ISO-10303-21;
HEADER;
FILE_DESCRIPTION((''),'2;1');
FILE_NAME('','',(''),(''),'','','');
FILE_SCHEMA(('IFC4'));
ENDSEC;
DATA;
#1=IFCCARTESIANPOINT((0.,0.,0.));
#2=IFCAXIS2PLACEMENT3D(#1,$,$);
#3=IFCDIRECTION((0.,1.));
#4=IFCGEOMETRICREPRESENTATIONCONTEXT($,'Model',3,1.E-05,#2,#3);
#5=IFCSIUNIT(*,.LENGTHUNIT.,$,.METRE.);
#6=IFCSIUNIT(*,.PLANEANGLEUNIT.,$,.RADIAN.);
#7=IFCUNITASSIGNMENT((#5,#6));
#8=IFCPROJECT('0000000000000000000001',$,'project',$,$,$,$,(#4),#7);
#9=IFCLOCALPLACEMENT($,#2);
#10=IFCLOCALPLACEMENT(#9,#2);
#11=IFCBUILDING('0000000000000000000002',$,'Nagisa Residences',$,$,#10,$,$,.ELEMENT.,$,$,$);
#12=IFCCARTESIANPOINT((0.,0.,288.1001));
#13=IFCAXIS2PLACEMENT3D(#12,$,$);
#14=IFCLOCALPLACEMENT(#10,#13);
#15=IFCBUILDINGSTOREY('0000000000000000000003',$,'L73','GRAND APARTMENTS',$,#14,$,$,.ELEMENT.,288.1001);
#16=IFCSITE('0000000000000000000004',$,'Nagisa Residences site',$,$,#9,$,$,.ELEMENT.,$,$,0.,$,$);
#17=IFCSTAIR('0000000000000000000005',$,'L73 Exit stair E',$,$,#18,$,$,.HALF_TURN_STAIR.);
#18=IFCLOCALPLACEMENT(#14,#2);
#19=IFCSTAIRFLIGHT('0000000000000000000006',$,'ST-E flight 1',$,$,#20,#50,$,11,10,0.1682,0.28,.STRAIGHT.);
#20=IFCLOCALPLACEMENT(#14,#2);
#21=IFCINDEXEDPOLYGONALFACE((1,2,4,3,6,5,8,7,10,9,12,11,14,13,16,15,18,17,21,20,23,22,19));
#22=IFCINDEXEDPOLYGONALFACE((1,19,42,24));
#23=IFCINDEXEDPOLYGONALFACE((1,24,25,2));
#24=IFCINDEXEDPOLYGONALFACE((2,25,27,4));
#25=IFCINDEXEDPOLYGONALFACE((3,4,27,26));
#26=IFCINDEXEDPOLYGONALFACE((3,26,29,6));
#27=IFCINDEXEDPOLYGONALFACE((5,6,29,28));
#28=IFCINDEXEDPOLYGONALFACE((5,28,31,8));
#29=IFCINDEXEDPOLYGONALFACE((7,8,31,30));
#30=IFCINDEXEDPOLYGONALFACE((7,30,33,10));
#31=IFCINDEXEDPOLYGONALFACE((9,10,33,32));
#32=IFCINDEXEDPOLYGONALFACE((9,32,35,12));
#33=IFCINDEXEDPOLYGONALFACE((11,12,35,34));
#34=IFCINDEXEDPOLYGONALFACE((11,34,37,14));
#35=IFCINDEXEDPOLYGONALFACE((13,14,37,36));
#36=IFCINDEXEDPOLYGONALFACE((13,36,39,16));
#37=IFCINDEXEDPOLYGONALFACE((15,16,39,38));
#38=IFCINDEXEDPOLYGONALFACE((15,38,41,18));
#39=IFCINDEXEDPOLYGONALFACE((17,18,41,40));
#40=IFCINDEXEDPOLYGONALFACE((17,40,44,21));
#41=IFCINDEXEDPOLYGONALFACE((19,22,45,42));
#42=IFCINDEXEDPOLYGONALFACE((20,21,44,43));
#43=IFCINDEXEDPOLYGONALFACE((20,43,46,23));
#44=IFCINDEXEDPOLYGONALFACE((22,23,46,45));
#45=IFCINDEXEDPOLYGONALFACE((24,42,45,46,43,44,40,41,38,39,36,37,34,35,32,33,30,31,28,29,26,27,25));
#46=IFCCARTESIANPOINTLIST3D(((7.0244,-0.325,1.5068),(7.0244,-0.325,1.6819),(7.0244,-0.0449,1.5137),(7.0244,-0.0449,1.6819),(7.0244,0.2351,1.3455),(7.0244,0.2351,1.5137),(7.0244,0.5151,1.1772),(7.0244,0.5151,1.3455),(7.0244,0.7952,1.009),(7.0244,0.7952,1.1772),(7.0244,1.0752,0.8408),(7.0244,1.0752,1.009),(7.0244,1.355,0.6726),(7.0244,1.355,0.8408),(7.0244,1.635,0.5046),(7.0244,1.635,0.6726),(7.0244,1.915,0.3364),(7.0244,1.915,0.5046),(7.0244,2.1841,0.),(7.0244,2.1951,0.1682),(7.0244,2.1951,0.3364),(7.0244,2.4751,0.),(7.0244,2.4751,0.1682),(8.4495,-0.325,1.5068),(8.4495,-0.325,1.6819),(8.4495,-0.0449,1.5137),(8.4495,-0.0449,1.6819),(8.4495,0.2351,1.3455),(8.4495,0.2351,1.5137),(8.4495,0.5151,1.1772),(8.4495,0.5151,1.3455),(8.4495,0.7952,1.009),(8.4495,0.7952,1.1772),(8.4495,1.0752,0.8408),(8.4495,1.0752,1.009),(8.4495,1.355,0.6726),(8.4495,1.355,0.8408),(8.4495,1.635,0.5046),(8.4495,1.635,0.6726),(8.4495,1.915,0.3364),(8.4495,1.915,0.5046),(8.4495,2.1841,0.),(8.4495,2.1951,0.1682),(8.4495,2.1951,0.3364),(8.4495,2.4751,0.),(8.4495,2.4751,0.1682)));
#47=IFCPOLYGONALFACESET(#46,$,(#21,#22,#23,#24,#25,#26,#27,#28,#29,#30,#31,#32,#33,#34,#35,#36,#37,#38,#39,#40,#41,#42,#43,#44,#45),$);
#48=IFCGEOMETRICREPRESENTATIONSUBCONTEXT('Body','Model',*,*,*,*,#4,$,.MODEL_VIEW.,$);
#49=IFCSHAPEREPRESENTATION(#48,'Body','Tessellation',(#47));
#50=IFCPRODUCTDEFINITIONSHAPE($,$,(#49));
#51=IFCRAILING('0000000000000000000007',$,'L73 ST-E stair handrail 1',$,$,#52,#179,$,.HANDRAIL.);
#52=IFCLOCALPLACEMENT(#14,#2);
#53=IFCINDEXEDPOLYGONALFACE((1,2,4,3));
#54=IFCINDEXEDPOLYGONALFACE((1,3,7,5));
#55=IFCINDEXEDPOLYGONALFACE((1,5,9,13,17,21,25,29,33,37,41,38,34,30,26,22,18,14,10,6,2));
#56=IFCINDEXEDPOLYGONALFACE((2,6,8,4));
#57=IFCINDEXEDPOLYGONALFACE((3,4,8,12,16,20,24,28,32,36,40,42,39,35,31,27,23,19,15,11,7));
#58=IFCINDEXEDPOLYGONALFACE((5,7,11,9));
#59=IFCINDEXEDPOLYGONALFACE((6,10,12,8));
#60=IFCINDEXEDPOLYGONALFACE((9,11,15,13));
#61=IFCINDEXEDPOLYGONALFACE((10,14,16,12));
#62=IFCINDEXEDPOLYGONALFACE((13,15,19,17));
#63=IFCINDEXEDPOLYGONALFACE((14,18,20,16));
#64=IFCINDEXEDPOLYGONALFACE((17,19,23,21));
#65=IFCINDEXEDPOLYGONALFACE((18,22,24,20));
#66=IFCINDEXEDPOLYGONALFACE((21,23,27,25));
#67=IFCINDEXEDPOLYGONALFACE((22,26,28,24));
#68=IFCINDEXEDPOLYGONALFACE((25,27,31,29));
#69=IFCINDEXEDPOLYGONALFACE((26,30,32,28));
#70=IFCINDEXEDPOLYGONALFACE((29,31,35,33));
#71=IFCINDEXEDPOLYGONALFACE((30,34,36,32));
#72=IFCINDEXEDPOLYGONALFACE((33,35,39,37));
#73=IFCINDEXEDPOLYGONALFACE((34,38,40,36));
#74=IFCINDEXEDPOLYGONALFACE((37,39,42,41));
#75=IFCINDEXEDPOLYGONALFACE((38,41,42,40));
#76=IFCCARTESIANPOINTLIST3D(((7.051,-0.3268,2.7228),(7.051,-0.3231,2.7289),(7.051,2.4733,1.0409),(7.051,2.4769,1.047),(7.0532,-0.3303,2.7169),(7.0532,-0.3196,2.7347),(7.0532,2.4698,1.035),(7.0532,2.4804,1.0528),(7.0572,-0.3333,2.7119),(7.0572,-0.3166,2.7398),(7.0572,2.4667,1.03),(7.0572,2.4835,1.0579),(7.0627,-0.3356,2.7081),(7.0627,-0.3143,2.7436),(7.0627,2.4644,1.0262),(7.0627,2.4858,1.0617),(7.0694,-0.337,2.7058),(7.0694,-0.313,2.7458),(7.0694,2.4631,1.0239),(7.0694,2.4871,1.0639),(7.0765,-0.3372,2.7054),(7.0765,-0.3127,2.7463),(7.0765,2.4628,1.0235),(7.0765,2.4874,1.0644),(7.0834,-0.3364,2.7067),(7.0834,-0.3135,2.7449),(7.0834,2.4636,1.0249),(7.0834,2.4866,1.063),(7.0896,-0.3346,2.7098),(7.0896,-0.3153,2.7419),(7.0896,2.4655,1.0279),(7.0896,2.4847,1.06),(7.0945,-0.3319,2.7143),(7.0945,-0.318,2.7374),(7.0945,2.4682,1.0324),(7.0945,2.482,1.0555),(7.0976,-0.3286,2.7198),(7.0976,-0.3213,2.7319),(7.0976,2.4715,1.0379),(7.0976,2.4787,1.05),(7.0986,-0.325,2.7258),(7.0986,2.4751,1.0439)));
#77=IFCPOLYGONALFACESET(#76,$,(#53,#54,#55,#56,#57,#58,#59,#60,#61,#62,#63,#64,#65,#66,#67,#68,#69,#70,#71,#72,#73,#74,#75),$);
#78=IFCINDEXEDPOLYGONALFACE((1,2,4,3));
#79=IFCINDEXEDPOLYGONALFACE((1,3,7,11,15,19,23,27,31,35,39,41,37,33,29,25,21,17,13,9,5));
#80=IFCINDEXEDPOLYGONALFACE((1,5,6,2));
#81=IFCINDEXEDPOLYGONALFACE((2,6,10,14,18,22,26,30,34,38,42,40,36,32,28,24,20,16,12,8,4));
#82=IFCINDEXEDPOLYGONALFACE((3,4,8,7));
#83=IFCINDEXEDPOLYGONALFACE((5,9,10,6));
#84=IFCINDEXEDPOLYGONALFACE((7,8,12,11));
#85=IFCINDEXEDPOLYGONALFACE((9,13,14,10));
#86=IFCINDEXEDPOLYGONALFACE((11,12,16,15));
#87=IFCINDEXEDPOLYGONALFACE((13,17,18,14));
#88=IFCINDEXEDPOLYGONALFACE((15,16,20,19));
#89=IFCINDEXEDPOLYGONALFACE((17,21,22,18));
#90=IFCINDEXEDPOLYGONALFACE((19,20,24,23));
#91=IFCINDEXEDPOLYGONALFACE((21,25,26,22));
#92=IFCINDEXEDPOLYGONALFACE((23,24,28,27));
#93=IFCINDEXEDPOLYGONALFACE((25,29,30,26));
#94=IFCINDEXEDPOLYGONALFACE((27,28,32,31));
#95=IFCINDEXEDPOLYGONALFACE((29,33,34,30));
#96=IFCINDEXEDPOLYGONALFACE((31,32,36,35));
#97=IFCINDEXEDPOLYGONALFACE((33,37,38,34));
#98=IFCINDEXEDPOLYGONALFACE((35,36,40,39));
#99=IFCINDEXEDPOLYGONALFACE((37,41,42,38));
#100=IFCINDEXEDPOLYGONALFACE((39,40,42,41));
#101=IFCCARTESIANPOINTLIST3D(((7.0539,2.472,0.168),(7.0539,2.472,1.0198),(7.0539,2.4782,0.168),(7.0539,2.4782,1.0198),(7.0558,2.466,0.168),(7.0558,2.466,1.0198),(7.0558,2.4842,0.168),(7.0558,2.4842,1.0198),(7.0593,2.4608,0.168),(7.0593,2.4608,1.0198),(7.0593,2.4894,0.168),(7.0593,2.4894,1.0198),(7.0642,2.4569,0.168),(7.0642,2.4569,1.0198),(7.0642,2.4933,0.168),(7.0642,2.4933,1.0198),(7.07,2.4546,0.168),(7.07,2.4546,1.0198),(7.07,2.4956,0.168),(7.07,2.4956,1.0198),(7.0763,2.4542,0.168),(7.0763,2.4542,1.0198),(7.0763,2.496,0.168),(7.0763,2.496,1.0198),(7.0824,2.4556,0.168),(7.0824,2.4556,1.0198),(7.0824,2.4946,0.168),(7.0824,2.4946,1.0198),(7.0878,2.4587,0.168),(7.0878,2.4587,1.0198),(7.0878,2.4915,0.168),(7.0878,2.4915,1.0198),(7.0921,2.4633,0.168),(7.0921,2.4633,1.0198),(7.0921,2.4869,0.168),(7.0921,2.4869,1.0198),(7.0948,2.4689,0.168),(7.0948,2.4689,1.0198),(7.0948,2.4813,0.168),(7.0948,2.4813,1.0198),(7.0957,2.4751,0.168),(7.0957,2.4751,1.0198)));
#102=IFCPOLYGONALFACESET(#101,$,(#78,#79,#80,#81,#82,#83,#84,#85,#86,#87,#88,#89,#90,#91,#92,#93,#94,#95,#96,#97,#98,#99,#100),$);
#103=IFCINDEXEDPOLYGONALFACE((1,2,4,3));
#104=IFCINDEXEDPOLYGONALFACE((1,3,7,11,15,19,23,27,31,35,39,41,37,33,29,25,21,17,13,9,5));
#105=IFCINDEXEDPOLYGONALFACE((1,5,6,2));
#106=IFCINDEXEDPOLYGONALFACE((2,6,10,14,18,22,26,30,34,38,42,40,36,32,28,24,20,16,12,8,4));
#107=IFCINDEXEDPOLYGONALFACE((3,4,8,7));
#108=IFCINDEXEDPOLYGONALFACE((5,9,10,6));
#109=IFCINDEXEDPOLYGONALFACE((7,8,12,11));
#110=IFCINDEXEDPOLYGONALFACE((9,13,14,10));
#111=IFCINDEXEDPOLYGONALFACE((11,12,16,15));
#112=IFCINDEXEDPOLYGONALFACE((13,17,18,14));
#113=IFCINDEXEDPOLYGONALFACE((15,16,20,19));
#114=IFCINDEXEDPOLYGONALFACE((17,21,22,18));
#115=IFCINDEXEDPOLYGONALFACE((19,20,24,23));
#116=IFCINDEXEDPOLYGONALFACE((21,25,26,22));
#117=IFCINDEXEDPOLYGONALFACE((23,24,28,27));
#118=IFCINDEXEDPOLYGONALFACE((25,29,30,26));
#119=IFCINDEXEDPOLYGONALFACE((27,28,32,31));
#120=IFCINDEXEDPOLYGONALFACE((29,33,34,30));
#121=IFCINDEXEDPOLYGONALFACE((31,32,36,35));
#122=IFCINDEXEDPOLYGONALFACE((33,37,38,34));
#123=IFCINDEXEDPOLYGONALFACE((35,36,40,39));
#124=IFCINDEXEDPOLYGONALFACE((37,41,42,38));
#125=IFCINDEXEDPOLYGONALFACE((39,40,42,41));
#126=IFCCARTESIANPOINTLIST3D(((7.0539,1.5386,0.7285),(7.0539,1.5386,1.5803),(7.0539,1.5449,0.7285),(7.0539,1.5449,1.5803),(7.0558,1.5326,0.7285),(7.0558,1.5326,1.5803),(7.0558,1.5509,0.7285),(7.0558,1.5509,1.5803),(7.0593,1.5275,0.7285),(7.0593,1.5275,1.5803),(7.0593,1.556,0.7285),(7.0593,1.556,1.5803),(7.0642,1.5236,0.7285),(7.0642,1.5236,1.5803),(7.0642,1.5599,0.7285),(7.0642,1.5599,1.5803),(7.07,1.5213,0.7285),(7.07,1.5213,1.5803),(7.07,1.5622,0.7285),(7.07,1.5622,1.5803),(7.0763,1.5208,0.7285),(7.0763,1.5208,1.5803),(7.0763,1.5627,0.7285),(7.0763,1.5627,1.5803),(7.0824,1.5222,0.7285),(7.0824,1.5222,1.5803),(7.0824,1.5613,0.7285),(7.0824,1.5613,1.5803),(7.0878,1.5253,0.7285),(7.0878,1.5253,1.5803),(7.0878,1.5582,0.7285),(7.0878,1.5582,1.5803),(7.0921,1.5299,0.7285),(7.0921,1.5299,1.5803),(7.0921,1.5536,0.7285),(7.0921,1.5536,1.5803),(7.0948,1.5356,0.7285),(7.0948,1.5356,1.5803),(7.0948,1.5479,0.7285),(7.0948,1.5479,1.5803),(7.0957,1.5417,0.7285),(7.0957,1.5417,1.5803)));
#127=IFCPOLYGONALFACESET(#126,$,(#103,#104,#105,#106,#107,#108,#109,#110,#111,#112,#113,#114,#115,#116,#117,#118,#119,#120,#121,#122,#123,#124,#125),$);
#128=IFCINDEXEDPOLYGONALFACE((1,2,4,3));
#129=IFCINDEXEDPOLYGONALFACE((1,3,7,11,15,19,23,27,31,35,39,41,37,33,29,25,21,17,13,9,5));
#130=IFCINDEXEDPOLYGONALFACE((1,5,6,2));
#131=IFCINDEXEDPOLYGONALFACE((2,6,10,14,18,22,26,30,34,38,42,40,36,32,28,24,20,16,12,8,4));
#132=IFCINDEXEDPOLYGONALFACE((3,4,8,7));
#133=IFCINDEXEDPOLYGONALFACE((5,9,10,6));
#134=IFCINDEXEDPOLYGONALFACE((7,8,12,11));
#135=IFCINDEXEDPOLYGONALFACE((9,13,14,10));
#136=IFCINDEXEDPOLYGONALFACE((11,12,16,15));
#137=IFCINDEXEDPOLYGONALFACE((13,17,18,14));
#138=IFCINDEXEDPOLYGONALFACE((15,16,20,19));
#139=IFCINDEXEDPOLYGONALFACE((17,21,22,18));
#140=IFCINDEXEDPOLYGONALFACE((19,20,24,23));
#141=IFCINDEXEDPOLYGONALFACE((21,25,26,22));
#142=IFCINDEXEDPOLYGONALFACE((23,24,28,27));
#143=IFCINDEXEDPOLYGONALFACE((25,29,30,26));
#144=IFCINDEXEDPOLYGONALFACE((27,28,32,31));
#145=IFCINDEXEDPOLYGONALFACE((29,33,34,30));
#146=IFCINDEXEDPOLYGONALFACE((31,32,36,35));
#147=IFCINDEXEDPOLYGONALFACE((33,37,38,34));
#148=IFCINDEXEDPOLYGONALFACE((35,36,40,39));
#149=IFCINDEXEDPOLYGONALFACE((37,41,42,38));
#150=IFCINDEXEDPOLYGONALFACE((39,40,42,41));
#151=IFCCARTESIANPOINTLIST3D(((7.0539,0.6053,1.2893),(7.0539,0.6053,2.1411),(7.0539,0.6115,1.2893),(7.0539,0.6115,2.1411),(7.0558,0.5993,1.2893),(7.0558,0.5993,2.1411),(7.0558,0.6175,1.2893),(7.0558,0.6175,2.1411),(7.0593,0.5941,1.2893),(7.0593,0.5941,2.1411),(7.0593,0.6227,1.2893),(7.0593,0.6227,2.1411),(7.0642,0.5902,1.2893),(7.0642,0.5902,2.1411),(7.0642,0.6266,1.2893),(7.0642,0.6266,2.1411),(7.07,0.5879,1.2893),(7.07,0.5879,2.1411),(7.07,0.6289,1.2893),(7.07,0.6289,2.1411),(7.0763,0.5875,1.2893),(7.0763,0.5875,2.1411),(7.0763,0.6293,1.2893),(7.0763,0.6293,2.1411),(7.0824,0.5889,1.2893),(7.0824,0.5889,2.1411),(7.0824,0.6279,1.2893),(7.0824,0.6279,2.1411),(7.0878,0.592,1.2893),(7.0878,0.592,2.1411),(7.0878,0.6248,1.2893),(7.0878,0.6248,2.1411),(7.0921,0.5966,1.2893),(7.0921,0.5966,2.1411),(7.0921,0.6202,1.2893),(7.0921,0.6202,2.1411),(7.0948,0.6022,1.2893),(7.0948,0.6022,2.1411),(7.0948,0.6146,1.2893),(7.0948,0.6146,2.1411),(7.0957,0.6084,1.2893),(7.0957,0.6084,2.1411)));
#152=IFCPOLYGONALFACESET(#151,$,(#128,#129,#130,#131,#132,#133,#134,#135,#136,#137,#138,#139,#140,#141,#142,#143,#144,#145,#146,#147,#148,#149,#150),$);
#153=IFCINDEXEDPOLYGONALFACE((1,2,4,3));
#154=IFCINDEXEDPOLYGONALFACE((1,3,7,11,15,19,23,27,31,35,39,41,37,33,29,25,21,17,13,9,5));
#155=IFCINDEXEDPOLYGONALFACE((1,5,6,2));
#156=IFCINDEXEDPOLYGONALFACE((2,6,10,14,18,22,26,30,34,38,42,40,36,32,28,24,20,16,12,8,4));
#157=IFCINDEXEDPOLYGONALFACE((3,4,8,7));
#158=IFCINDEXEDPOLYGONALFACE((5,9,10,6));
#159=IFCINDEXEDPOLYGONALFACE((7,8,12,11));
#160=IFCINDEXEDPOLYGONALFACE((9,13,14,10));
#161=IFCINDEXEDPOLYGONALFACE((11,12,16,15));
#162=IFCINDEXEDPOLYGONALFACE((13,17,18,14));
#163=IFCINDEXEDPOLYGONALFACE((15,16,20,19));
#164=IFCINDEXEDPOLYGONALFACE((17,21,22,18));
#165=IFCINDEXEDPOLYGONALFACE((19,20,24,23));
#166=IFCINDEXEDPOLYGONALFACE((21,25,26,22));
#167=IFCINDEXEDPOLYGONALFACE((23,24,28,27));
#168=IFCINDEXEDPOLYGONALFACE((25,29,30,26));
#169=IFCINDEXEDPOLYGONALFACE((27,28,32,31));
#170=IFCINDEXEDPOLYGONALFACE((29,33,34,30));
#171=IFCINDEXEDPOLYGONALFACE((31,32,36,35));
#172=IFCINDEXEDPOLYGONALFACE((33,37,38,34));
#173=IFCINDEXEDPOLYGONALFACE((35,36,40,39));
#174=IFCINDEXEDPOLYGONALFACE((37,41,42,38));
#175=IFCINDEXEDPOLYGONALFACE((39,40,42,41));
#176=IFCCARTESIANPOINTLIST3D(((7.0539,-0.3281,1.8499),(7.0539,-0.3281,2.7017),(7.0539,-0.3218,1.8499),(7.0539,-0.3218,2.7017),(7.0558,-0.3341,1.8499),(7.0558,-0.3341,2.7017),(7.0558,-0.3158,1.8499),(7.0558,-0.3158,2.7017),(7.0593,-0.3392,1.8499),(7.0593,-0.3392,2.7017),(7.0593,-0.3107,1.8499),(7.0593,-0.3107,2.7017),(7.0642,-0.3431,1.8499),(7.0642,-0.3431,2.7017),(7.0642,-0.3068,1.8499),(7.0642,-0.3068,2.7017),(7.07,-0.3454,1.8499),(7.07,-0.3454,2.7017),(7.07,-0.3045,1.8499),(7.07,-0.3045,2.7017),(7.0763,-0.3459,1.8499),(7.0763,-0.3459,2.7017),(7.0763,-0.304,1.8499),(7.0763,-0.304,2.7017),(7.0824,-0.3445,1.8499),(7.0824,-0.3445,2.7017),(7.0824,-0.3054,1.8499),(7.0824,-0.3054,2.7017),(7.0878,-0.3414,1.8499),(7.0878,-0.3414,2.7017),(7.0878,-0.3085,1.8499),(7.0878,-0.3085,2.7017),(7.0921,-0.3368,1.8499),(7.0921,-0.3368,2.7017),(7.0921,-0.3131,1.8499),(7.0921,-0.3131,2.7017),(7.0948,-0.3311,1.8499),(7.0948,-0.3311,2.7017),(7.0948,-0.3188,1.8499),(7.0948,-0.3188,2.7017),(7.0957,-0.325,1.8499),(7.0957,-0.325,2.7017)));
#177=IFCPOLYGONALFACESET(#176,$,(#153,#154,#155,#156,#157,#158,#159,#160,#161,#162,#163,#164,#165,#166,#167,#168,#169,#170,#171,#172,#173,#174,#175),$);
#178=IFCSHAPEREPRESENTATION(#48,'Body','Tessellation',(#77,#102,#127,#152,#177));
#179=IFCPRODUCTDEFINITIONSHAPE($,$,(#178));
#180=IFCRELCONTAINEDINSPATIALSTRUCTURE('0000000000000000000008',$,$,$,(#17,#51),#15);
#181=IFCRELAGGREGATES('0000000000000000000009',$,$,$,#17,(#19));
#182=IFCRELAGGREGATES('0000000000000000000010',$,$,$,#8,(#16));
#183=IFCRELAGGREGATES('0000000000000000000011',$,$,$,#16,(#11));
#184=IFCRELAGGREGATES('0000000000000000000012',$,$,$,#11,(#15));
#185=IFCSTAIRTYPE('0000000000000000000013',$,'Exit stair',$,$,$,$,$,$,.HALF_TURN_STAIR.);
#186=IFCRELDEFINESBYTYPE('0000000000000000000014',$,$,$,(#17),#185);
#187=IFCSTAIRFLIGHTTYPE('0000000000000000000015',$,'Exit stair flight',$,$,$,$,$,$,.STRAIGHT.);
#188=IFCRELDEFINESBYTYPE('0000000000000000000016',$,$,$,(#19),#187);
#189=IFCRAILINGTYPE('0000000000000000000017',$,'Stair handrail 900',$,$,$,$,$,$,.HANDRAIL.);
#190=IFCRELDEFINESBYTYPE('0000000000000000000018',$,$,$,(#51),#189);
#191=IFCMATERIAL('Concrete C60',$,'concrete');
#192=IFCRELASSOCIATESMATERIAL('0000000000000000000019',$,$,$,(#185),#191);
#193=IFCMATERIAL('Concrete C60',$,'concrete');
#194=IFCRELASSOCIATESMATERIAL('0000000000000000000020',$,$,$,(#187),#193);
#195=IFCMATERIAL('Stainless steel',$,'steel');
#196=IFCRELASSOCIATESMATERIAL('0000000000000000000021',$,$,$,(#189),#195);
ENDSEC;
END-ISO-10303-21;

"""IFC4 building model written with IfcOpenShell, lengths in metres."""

from ifc_helpers import new_model, si_unit, direction, frame, origin, origin_2d, place, context, subcontext, project, spatial, polyline, circle, outline, extrude, material, type_object, element, aggregate, save


model = new_model("IFC4")

# Units and contexts
model_context = context("Model", 3, precision=1e-05, world=origin(), true_north=direction((0.0, 1.0)))
body_context = subcontext(model_context, "Body", "Model", "MODEL_VIEW")
ifc_project = project(units=[si_unit("LENGTHUNIT", "METRE"), si_unit("PLANEANGLEUNIT", "RADIAN")], contexts=[model_context])

# Site, building, storey
site_placement = place(None, origin())
site = spatial("IfcSite", under=ifc_project, at=site_placement, Name="Nagisa Residences site", CompositionType="ELEMENT", RefElevation=0.0)
building_placement = place(site_placement, origin())
building = spatial("IfcBuilding", under=site, at=building_placement, Name="Nagisa Residences", CompositionType="ELEMENT")
storey_placement = place(building_placement, frame((0.0, 0.0, 288.1001)))
storey = spatial("IfcBuildingStorey", under=building, at=storey_placement, Name="L73", Description="GRAND APARTMENTS", CompositionType="ELEMENT", Elevation=288.1001)

# Stair
ifc_material_1 = material(Name="Concrete C60", Category="concrete")
stair_type = type_object("IfcStairType", Name="Exit stair", PredefinedType="HALF_TURN_STAIR", material=ifc_material_1)
stair_1_placement = place(storey_placement, origin())
stair_1 = element("IfcStair", 1, at=stair_1_placement, inside=storey, type_object=stair_type, Name="L73 Exit stair E", PredefinedType="HALF_TURN_STAIR")

# Stair flight
ifc_material_2 = material(Name="Concrete C60", Category="concrete")
stair_flight_type = type_object("IfcStairFlightType", Name="Exit stair flight", PredefinedType="STRAIGHT", material=ifc_material_2)
stair_flight_placement = place(storey_placement, frame((7.7371, 2.4751, 0.0), z_axis=(0.0, 0.0, 1.0), x_axis=(0.0, -1.0, 0.0)))
stair_flight = element("IfcStairFlight", 2, at=stair_flight_placement, type_object=stair_flight_type, Name="ST-E flight 1", NumberOfRisers=11, NumberOfTreads=10, PredefinedType="STRAIGHT", RiserHeight=0.1682, TreadLength=0.28, context=body_context, shape_type="SweptSolid", body=[
    extrude(outline(polyline([(0.0, 0.0), (0.0, 0.1682), (0.28, 0.1682), (0.28, 0.3364), (0.5601, 0.3364), (0.5601, 0.5046), (0.8401, 0.5046), (0.8401, 0.6726), (1.1201, 0.6726), (1.1201, 0.8408), (1.3999, 0.8408), (1.3999, 1.009), (1.6799, 1.009), (1.6799, 1.1772), (1.96, 1.1772), (1.96, 1.3455), (2.24, 1.3455), (2.24, 1.5137), (2.52, 1.5137), (2.52, 1.6819), (2.8, 1.6819), (2.8, 1.8501), (2.8, 1.5068), (0.291, 0.0), (0.0, 0.0)])), frame((0.0, 0.7124, 0.0), z_axis=(0.0, -1.0, 0.0), x_axis=(1.0, 0.0, 0.0)), (0.0, 0.0, 1.0), 1.425),
])
aggregate(stair_1, [stair_flight])

# Railing
ifc_material_3 = material(Name="Stainless steel", Category="steel")
railing_type_1 = type_object("IfcRailingType", Name="Stair handrail 900", PredefinedType="HANDRAIL", material=ifc_material_3)
railing_1_placement = place(storey_placement, frame((7.0747, 2.4751, 0.168)))
element("IfcRailing", 3, at=railing_1_placement, inside=storey, type_object=railing_type_1, Name="L73 ST-E stair handrail 1", PredefinedType="HANDRAIL", context=body_context, shape_type="SweptSolid", body=[
    extrude(circle(Radius=0.0239, at=origin_2d()), frame((0.0, 0.0, 0.876), z_axis=(0.0, -0.857242, 0.514913), x_axis=(1.0, 0.0, 0.0)), (0.0, 0.0, 1.0), 3.2664),
    extrude(circle(Radius=0.021, at=origin_2d()), origin(), (0.0, 0.0, 1.0), 0.8518),
    extrude(circle(Radius=0.021, at=origin_2d()), frame((0.0, -0.9333, 0.5605)), (0.0, 0.0, 1.0), 0.8518),
    extrude(circle(Radius=0.021, at=origin_2d()), frame((0.0, -1.8667, 1.1213)), (0.0, 0.0, 1.0), 0.8518),
    extrude(circle(Radius=0.021, at=origin_2d()), frame((0.0, -2.8, 1.6819)), (0.0, 0.0, 1.0), 0.8518),
])

save(model, "model.ifc")
